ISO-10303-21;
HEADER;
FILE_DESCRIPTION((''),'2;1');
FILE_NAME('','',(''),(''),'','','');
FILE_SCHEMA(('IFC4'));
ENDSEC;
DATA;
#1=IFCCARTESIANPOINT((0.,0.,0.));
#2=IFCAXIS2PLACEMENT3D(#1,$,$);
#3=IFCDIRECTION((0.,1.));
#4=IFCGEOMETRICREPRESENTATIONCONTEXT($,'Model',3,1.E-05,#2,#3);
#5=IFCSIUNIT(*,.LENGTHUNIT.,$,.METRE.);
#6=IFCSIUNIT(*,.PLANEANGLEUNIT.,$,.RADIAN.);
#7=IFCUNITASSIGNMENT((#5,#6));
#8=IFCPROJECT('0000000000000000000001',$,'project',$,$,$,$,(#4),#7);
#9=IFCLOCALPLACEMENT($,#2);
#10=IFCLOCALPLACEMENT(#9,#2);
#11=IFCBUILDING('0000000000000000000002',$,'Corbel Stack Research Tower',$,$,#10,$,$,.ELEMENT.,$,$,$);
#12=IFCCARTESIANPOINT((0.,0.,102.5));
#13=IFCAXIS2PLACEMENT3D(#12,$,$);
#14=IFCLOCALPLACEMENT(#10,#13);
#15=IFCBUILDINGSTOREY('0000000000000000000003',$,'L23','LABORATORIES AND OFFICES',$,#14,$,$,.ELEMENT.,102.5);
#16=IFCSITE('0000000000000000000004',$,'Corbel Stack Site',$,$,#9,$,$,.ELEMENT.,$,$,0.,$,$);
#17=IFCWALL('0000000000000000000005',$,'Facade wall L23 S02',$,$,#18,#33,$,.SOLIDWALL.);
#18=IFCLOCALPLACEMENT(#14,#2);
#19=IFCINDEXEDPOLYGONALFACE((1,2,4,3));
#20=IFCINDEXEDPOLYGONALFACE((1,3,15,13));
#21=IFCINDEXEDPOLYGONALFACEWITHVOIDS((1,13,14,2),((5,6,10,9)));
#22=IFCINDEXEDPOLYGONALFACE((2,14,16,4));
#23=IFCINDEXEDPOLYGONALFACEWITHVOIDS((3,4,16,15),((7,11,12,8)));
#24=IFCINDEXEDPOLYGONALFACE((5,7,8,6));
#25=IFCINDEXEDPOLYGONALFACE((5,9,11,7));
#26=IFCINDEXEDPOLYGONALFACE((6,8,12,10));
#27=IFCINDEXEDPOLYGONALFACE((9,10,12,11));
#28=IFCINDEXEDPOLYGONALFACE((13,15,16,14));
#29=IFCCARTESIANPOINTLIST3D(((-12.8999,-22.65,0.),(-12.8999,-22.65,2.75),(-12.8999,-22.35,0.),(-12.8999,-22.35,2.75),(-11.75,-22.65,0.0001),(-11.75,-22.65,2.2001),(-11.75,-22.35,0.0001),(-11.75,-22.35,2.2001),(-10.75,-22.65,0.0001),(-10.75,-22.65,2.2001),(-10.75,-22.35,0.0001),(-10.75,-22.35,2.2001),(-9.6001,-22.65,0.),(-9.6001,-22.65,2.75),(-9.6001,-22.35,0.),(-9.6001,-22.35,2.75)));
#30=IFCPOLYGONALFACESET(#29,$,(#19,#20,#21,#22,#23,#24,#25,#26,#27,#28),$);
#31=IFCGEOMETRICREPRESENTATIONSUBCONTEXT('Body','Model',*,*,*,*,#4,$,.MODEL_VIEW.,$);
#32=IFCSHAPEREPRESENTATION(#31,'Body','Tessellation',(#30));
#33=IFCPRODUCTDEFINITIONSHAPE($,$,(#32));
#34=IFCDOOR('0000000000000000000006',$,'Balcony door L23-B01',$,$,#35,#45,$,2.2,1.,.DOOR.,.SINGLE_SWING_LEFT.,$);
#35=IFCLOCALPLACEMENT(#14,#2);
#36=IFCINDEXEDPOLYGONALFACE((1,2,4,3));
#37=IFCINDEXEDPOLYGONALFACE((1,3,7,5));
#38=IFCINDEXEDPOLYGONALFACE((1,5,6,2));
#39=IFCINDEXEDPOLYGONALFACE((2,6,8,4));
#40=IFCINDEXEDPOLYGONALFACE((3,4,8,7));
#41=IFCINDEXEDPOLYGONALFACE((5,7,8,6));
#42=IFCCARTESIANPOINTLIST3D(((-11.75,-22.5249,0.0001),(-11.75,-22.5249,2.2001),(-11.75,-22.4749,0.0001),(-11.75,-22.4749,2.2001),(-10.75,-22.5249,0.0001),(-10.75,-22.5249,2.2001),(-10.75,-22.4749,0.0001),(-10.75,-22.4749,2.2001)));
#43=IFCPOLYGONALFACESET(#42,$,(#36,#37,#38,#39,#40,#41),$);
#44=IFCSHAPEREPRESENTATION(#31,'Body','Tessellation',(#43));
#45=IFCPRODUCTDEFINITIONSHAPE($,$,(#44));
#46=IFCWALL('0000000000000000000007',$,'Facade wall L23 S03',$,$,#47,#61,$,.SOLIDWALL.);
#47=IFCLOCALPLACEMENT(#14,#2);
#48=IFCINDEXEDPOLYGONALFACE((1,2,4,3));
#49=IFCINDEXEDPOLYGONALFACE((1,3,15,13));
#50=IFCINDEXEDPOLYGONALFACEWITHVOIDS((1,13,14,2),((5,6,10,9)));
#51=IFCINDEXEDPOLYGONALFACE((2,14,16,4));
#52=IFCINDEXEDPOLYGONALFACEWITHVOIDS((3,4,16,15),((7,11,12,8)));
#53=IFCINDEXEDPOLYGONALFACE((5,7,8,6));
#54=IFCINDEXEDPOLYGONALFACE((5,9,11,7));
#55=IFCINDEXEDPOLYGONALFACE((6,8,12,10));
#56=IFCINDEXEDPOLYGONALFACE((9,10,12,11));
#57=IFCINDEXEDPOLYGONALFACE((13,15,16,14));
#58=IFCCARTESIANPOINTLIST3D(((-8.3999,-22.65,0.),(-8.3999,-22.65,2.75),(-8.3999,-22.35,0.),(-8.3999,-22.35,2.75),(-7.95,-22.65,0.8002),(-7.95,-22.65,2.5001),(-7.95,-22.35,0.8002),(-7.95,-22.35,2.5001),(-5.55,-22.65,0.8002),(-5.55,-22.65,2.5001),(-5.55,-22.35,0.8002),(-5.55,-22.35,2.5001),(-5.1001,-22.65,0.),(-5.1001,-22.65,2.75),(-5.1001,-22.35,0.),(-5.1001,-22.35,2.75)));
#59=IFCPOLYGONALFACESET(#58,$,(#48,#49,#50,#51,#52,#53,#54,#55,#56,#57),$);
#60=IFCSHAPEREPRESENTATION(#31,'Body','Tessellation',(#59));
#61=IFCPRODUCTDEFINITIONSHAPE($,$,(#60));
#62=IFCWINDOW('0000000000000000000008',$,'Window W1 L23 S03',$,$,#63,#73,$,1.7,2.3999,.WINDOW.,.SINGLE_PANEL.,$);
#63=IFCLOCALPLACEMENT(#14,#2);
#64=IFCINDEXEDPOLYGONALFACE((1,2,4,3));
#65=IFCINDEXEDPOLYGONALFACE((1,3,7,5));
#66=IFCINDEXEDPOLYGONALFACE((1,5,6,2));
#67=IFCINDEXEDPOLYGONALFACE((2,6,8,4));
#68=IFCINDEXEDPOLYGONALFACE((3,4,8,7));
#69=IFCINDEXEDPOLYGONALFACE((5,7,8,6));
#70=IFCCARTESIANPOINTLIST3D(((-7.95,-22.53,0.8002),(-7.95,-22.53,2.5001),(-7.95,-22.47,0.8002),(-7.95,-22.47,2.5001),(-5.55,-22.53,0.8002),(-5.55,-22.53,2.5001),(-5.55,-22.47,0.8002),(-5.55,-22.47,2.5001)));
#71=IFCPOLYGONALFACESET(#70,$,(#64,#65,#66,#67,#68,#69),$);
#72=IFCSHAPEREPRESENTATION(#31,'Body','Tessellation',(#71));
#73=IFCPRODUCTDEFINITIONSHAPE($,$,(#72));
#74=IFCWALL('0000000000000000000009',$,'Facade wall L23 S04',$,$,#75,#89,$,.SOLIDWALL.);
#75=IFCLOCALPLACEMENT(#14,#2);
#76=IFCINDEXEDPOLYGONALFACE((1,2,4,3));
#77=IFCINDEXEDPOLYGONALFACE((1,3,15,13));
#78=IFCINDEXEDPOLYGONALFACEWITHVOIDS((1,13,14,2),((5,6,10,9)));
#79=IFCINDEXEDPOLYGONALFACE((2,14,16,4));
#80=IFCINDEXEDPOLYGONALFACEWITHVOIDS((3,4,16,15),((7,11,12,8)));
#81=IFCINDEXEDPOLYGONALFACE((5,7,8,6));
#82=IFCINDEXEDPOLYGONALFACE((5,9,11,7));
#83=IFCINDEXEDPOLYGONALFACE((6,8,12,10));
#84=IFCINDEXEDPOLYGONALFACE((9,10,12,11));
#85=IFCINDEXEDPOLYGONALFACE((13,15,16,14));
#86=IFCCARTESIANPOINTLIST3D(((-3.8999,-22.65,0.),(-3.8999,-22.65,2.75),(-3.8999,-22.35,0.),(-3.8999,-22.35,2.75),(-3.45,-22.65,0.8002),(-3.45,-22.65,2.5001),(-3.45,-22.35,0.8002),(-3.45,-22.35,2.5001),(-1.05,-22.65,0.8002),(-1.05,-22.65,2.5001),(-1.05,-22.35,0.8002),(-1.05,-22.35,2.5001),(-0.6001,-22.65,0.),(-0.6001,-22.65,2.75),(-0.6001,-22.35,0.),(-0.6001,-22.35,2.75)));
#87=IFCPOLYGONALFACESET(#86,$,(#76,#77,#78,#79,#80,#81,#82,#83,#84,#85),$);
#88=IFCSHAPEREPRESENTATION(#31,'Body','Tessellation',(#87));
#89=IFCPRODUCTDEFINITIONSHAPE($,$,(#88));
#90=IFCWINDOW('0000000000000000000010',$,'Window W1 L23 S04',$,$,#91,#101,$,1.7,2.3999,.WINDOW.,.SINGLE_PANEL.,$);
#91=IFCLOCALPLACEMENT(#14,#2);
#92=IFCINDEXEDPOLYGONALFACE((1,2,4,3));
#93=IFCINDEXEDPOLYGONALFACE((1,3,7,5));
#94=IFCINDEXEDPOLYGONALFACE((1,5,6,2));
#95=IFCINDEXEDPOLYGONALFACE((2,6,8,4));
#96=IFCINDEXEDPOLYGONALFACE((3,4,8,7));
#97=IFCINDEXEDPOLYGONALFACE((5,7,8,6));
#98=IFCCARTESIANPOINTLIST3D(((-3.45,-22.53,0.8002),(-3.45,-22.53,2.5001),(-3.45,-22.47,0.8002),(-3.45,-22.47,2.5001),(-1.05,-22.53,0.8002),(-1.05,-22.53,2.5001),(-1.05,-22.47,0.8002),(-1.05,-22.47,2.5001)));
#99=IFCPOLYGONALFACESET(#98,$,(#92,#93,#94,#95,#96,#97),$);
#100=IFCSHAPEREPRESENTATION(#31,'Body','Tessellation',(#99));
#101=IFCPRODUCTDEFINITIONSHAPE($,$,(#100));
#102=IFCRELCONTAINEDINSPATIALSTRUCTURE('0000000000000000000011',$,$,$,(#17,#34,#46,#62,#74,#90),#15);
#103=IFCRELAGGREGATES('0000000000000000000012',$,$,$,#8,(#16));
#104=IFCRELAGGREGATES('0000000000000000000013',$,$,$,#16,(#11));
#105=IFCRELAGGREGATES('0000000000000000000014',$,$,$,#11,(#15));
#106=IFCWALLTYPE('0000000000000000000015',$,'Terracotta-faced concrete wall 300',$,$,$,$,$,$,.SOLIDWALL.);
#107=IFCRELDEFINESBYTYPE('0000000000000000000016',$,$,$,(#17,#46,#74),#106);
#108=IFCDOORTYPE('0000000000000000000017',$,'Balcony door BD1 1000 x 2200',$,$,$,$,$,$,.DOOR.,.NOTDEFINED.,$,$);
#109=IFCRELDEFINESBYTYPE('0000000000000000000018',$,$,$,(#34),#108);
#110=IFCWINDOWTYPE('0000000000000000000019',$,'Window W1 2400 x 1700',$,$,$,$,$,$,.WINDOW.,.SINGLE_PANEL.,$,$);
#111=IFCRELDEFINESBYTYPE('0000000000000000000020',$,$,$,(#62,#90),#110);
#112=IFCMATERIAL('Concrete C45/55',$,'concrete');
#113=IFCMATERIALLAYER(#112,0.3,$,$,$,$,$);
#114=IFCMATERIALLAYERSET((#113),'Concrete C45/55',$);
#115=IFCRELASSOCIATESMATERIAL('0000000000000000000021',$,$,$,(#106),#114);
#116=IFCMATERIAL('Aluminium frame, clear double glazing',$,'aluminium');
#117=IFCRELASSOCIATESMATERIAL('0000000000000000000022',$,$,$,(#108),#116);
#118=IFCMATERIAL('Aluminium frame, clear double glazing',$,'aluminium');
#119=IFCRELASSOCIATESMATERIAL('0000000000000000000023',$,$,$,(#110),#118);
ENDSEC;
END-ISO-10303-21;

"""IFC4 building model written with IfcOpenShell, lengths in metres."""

from ifc_helpers import new_model, si_unit, direction, frame, frame_2d, origin, place, context, subcontext, project, spatial, rectangle, extrude, material, layer, layer_set, type_object, element, fill, save


model = new_model("IFC4")

# Units and contexts
model_context = context("Model", 3, precision=1e-05, world=origin(), true_north=direction((0.0, 1.0)))
body_context = subcontext(model_context, "Body", "Model", "MODEL_VIEW")
ifc_project = project(units=[si_unit("LENGTHUNIT", "METRE"), si_unit("PLANEANGLEUNIT", "RADIAN")], contexts=[model_context])

# Site, building, storey
site_placement = place(None, origin())
site = spatial("IfcSite", under=ifc_project, at=site_placement, Name="Corbel Stack Site", CompositionType="ELEMENT", RefElevation=0.0)
building_placement = place(site_placement, origin())
building = spatial("IfcBuilding", under=site, at=building_placement, Name="Corbel Stack Research Tower", CompositionType="ELEMENT")
storey_placement = place(building_placement, frame((0.0, 0.0, 102.5)))
storey = spatial("IfcBuildingStorey", under=building, at=storey_placement, Name="L23", Description="LABORATORIES AND OFFICES", CompositionType="ELEMENT", Elevation=102.5)

# Wall, opening, door
ifc_material_1 = material(Name="Concrete C45/55", Category="concrete")
ifc_layer_1 = layer(ifc_material_1, 0.3)
ifc_layer_set_1 = layer_set([ifc_layer_1], Name="Concrete C45/55")
wall_type_1 = type_object("IfcWallType", Name="Terracotta-faced concrete wall 300", PredefinedType="SOLIDWALL", material=ifc_layer_set_1)
wall_1_placement = place(storey_placement, frame((-9.6001, -22.5, 0.0), z_axis=(0.0, 0.0, 1.0), x_axis=(-1.0, 0.0, 0.0)))
wall_1 = element("IfcWall", 1, at=wall_1_placement, inside=storey, type_object=wall_type_1, Name="Facade wall L23 S02", PredefinedType="SOLIDWALL", context=body_context, shape_type="SweptSolid", body=[
    extrude(rectangle(XDim=3.2998, YDim=0.3, at=frame_2d((1.6499, 0.0))), origin(), (0.0, 0.0, 1.0), 2.75),
])
opening_1_placement = place(wall_1_placement, frame((1.1499, 0.0, 0.0)))
opening_1 = element("IfcOpeningElement", 2, at=opening_1_placement, cuts=wall_1, PredefinedType="OPENING", context=body_context, shape_type="SweptSolid", body=[
    extrude(rectangle(XDim=1.0, YDim=2.2, at=frame_2d((0.5, 1.1001))), frame((0.0, 0.1599, 0.0), z_axis=(0.0, -1.0, 0.0), x_axis=(1.0, 0.0, 0.0)), (0.0, 0.0, 1.0), 0.3201),
])
ifc_material_2 = material(Name="Aluminium frame, clear double glazing", Category="aluminium")
door_type_1 = type_object("IfcDoorType", Name="Balcony door BD1 1000 x 2200", OperationType="NOTDEFINED", PredefinedType="DOOR", material=ifc_material_2)
door_1_placement = place(opening_1_placement, origin())
door_1 = element("IfcDoor", 3, at=door_1_placement, inside=storey, type_object=door_type_1, Name="Balcony door L23-B01", OperationType="SINGLE_SWING_LEFT", OverallHeight=2.2, OverallWidth=1.0, PredefinedType="DOOR", context=body_context, shape_type="SweptSolid", body=[
    extrude(rectangle(XDim=1.0, YDim=2.2, at=frame_2d((0.5, 1.1001))), frame((0.0, 0.0249, 0.0), z_axis=(0.0, -1.0, 0.0), x_axis=(1.0, 0.0, 0.0)), (0.0, 0.0, 1.0), 0.05),
])
fill(opening_1, door_1)

# Walls, openings, windows
wall_2_placement = place(storey_placement, frame((-5.1001, -22.5, 0.0), z_axis=(0.0, 0.0, 1.0), x_axis=(-1.0, 0.0, 0.0)))
wall_2 = element("IfcWall", 4, at=wall_2_placement, inside=storey, type_object=wall_type_1, Name="Facade wall L23 S03", PredefinedType="SOLIDWALL", context=body_context, shape_type="SweptSolid", body=[
    extrude(rectangle(XDim=3.2998, YDim=0.3, at=frame_2d((1.6499, 0.0))), origin(), (0.0, 0.0, 1.0), 2.75),
])
opening_2_placement = place(wall_2_placement, frame((0.45, 0.0, 0.8)))
opening_2 = element("IfcOpeningElement", 5, at=opening_2_placement, cuts=wall_2, PredefinedType="OPENING", context=body_context, shape_type="SweptSolid", body=[
    extrude(rectangle(XDim=2.3999, YDim=1.7, at=frame_2d((1.2, 0.8501))), frame((0.0, 0.1599, 0.0), z_axis=(0.0, -1.0, 0.0), x_axis=(1.0, 0.0, 0.0)), (0.0, 0.0, 1.0), 0.3201),
])
ifc_material_3 = material(Name="Aluminium frame, clear double glazing", Category="aluminium")
window_type = type_object("IfcWindowType", Name="Window W1 2400 x 1700", PartitioningType="SINGLE_PANEL", PredefinedType="WINDOW", material=ifc_material_3)
window_1_placement = place(opening_2_placement, origin())
window_1 = element("IfcWindow", 6, at=window_1_placement, inside=storey, type_object=window_type, Name="Window W1 L23 S03", OverallHeight=1.7, OverallWidth=2.3999, PartitioningType="SINGLE_PANEL", PredefinedType="WINDOW", context=body_context, shape_type="SweptSolid", body=[
    extrude(rectangle(XDim=2.3999, YDim=1.7, at=frame_2d((1.2, 0.8501))), frame((0.0, 0.03, 0.0), z_axis=(0.0, -1.0, 0.0), x_axis=(1.0, 0.0, 0.0)), (0.0, 0.0, 1.0), 0.0601),
])
fill(opening_2, window_1)
wall_3_placement = place(storey_placement, frame((-0.6001, -22.5, 0.0), z_axis=(0.0, 0.0, 1.0), x_axis=(-1.0, 0.0, 0.0)))
wall_3 = element("IfcWall", 7, at=wall_3_placement, inside=storey, type_object=wall_type_1, Name="Facade wall L23 S04", PredefinedType="SOLIDWALL", context=body_context, shape_type="SweptSolid", body=[
    extrude(rectangle(XDim=3.2998, YDim=0.3, at=frame_2d((1.6499, 0.0))), origin(), (0.0, 0.0, 1.0), 2.75),
])
opening_3_placement = place(wall_3_placement, frame((0.45, 0.0, 0.8)))
opening_3 = element("IfcOpeningElement", 8, at=opening_3_placement, cuts=wall_3, PredefinedType="OPENING", context=body_context, shape_type="SweptSolid", body=[
    extrude(rectangle(XDim=2.3999, YDim=1.7, at=frame_2d((1.2, 0.8501))), frame((0.0, 0.1599, 0.0), z_axis=(0.0, -1.0, 0.0), x_axis=(1.0, 0.0, 0.0)), (0.0, 0.0, 1.0), 0.3201),
])
window_2_placement = place(opening_3_placement, origin())
window_2 = element("IfcWindow", 9, at=window_2_placement, inside=storey, type_object=window_type, Name="Window W1 L23 S04", OverallHeight=1.7, OverallWidth=2.3999, PartitioningType="SINGLE_PANEL", PredefinedType="WINDOW", context=body_context, shape_type="SweptSolid", body=[
    extrude(rectangle(XDim=2.3999, YDim=1.7, at=frame_2d((1.2, 0.8501))), frame((0.0, 0.03, 0.0), z_axis=(0.0, -1.0, 0.0), x_axis=(1.0, 0.0, 0.0)), (0.0, 0.0, 1.0), 0.0601),
])
fill(opening_3, window_2)

save(model, "model.ifc")
